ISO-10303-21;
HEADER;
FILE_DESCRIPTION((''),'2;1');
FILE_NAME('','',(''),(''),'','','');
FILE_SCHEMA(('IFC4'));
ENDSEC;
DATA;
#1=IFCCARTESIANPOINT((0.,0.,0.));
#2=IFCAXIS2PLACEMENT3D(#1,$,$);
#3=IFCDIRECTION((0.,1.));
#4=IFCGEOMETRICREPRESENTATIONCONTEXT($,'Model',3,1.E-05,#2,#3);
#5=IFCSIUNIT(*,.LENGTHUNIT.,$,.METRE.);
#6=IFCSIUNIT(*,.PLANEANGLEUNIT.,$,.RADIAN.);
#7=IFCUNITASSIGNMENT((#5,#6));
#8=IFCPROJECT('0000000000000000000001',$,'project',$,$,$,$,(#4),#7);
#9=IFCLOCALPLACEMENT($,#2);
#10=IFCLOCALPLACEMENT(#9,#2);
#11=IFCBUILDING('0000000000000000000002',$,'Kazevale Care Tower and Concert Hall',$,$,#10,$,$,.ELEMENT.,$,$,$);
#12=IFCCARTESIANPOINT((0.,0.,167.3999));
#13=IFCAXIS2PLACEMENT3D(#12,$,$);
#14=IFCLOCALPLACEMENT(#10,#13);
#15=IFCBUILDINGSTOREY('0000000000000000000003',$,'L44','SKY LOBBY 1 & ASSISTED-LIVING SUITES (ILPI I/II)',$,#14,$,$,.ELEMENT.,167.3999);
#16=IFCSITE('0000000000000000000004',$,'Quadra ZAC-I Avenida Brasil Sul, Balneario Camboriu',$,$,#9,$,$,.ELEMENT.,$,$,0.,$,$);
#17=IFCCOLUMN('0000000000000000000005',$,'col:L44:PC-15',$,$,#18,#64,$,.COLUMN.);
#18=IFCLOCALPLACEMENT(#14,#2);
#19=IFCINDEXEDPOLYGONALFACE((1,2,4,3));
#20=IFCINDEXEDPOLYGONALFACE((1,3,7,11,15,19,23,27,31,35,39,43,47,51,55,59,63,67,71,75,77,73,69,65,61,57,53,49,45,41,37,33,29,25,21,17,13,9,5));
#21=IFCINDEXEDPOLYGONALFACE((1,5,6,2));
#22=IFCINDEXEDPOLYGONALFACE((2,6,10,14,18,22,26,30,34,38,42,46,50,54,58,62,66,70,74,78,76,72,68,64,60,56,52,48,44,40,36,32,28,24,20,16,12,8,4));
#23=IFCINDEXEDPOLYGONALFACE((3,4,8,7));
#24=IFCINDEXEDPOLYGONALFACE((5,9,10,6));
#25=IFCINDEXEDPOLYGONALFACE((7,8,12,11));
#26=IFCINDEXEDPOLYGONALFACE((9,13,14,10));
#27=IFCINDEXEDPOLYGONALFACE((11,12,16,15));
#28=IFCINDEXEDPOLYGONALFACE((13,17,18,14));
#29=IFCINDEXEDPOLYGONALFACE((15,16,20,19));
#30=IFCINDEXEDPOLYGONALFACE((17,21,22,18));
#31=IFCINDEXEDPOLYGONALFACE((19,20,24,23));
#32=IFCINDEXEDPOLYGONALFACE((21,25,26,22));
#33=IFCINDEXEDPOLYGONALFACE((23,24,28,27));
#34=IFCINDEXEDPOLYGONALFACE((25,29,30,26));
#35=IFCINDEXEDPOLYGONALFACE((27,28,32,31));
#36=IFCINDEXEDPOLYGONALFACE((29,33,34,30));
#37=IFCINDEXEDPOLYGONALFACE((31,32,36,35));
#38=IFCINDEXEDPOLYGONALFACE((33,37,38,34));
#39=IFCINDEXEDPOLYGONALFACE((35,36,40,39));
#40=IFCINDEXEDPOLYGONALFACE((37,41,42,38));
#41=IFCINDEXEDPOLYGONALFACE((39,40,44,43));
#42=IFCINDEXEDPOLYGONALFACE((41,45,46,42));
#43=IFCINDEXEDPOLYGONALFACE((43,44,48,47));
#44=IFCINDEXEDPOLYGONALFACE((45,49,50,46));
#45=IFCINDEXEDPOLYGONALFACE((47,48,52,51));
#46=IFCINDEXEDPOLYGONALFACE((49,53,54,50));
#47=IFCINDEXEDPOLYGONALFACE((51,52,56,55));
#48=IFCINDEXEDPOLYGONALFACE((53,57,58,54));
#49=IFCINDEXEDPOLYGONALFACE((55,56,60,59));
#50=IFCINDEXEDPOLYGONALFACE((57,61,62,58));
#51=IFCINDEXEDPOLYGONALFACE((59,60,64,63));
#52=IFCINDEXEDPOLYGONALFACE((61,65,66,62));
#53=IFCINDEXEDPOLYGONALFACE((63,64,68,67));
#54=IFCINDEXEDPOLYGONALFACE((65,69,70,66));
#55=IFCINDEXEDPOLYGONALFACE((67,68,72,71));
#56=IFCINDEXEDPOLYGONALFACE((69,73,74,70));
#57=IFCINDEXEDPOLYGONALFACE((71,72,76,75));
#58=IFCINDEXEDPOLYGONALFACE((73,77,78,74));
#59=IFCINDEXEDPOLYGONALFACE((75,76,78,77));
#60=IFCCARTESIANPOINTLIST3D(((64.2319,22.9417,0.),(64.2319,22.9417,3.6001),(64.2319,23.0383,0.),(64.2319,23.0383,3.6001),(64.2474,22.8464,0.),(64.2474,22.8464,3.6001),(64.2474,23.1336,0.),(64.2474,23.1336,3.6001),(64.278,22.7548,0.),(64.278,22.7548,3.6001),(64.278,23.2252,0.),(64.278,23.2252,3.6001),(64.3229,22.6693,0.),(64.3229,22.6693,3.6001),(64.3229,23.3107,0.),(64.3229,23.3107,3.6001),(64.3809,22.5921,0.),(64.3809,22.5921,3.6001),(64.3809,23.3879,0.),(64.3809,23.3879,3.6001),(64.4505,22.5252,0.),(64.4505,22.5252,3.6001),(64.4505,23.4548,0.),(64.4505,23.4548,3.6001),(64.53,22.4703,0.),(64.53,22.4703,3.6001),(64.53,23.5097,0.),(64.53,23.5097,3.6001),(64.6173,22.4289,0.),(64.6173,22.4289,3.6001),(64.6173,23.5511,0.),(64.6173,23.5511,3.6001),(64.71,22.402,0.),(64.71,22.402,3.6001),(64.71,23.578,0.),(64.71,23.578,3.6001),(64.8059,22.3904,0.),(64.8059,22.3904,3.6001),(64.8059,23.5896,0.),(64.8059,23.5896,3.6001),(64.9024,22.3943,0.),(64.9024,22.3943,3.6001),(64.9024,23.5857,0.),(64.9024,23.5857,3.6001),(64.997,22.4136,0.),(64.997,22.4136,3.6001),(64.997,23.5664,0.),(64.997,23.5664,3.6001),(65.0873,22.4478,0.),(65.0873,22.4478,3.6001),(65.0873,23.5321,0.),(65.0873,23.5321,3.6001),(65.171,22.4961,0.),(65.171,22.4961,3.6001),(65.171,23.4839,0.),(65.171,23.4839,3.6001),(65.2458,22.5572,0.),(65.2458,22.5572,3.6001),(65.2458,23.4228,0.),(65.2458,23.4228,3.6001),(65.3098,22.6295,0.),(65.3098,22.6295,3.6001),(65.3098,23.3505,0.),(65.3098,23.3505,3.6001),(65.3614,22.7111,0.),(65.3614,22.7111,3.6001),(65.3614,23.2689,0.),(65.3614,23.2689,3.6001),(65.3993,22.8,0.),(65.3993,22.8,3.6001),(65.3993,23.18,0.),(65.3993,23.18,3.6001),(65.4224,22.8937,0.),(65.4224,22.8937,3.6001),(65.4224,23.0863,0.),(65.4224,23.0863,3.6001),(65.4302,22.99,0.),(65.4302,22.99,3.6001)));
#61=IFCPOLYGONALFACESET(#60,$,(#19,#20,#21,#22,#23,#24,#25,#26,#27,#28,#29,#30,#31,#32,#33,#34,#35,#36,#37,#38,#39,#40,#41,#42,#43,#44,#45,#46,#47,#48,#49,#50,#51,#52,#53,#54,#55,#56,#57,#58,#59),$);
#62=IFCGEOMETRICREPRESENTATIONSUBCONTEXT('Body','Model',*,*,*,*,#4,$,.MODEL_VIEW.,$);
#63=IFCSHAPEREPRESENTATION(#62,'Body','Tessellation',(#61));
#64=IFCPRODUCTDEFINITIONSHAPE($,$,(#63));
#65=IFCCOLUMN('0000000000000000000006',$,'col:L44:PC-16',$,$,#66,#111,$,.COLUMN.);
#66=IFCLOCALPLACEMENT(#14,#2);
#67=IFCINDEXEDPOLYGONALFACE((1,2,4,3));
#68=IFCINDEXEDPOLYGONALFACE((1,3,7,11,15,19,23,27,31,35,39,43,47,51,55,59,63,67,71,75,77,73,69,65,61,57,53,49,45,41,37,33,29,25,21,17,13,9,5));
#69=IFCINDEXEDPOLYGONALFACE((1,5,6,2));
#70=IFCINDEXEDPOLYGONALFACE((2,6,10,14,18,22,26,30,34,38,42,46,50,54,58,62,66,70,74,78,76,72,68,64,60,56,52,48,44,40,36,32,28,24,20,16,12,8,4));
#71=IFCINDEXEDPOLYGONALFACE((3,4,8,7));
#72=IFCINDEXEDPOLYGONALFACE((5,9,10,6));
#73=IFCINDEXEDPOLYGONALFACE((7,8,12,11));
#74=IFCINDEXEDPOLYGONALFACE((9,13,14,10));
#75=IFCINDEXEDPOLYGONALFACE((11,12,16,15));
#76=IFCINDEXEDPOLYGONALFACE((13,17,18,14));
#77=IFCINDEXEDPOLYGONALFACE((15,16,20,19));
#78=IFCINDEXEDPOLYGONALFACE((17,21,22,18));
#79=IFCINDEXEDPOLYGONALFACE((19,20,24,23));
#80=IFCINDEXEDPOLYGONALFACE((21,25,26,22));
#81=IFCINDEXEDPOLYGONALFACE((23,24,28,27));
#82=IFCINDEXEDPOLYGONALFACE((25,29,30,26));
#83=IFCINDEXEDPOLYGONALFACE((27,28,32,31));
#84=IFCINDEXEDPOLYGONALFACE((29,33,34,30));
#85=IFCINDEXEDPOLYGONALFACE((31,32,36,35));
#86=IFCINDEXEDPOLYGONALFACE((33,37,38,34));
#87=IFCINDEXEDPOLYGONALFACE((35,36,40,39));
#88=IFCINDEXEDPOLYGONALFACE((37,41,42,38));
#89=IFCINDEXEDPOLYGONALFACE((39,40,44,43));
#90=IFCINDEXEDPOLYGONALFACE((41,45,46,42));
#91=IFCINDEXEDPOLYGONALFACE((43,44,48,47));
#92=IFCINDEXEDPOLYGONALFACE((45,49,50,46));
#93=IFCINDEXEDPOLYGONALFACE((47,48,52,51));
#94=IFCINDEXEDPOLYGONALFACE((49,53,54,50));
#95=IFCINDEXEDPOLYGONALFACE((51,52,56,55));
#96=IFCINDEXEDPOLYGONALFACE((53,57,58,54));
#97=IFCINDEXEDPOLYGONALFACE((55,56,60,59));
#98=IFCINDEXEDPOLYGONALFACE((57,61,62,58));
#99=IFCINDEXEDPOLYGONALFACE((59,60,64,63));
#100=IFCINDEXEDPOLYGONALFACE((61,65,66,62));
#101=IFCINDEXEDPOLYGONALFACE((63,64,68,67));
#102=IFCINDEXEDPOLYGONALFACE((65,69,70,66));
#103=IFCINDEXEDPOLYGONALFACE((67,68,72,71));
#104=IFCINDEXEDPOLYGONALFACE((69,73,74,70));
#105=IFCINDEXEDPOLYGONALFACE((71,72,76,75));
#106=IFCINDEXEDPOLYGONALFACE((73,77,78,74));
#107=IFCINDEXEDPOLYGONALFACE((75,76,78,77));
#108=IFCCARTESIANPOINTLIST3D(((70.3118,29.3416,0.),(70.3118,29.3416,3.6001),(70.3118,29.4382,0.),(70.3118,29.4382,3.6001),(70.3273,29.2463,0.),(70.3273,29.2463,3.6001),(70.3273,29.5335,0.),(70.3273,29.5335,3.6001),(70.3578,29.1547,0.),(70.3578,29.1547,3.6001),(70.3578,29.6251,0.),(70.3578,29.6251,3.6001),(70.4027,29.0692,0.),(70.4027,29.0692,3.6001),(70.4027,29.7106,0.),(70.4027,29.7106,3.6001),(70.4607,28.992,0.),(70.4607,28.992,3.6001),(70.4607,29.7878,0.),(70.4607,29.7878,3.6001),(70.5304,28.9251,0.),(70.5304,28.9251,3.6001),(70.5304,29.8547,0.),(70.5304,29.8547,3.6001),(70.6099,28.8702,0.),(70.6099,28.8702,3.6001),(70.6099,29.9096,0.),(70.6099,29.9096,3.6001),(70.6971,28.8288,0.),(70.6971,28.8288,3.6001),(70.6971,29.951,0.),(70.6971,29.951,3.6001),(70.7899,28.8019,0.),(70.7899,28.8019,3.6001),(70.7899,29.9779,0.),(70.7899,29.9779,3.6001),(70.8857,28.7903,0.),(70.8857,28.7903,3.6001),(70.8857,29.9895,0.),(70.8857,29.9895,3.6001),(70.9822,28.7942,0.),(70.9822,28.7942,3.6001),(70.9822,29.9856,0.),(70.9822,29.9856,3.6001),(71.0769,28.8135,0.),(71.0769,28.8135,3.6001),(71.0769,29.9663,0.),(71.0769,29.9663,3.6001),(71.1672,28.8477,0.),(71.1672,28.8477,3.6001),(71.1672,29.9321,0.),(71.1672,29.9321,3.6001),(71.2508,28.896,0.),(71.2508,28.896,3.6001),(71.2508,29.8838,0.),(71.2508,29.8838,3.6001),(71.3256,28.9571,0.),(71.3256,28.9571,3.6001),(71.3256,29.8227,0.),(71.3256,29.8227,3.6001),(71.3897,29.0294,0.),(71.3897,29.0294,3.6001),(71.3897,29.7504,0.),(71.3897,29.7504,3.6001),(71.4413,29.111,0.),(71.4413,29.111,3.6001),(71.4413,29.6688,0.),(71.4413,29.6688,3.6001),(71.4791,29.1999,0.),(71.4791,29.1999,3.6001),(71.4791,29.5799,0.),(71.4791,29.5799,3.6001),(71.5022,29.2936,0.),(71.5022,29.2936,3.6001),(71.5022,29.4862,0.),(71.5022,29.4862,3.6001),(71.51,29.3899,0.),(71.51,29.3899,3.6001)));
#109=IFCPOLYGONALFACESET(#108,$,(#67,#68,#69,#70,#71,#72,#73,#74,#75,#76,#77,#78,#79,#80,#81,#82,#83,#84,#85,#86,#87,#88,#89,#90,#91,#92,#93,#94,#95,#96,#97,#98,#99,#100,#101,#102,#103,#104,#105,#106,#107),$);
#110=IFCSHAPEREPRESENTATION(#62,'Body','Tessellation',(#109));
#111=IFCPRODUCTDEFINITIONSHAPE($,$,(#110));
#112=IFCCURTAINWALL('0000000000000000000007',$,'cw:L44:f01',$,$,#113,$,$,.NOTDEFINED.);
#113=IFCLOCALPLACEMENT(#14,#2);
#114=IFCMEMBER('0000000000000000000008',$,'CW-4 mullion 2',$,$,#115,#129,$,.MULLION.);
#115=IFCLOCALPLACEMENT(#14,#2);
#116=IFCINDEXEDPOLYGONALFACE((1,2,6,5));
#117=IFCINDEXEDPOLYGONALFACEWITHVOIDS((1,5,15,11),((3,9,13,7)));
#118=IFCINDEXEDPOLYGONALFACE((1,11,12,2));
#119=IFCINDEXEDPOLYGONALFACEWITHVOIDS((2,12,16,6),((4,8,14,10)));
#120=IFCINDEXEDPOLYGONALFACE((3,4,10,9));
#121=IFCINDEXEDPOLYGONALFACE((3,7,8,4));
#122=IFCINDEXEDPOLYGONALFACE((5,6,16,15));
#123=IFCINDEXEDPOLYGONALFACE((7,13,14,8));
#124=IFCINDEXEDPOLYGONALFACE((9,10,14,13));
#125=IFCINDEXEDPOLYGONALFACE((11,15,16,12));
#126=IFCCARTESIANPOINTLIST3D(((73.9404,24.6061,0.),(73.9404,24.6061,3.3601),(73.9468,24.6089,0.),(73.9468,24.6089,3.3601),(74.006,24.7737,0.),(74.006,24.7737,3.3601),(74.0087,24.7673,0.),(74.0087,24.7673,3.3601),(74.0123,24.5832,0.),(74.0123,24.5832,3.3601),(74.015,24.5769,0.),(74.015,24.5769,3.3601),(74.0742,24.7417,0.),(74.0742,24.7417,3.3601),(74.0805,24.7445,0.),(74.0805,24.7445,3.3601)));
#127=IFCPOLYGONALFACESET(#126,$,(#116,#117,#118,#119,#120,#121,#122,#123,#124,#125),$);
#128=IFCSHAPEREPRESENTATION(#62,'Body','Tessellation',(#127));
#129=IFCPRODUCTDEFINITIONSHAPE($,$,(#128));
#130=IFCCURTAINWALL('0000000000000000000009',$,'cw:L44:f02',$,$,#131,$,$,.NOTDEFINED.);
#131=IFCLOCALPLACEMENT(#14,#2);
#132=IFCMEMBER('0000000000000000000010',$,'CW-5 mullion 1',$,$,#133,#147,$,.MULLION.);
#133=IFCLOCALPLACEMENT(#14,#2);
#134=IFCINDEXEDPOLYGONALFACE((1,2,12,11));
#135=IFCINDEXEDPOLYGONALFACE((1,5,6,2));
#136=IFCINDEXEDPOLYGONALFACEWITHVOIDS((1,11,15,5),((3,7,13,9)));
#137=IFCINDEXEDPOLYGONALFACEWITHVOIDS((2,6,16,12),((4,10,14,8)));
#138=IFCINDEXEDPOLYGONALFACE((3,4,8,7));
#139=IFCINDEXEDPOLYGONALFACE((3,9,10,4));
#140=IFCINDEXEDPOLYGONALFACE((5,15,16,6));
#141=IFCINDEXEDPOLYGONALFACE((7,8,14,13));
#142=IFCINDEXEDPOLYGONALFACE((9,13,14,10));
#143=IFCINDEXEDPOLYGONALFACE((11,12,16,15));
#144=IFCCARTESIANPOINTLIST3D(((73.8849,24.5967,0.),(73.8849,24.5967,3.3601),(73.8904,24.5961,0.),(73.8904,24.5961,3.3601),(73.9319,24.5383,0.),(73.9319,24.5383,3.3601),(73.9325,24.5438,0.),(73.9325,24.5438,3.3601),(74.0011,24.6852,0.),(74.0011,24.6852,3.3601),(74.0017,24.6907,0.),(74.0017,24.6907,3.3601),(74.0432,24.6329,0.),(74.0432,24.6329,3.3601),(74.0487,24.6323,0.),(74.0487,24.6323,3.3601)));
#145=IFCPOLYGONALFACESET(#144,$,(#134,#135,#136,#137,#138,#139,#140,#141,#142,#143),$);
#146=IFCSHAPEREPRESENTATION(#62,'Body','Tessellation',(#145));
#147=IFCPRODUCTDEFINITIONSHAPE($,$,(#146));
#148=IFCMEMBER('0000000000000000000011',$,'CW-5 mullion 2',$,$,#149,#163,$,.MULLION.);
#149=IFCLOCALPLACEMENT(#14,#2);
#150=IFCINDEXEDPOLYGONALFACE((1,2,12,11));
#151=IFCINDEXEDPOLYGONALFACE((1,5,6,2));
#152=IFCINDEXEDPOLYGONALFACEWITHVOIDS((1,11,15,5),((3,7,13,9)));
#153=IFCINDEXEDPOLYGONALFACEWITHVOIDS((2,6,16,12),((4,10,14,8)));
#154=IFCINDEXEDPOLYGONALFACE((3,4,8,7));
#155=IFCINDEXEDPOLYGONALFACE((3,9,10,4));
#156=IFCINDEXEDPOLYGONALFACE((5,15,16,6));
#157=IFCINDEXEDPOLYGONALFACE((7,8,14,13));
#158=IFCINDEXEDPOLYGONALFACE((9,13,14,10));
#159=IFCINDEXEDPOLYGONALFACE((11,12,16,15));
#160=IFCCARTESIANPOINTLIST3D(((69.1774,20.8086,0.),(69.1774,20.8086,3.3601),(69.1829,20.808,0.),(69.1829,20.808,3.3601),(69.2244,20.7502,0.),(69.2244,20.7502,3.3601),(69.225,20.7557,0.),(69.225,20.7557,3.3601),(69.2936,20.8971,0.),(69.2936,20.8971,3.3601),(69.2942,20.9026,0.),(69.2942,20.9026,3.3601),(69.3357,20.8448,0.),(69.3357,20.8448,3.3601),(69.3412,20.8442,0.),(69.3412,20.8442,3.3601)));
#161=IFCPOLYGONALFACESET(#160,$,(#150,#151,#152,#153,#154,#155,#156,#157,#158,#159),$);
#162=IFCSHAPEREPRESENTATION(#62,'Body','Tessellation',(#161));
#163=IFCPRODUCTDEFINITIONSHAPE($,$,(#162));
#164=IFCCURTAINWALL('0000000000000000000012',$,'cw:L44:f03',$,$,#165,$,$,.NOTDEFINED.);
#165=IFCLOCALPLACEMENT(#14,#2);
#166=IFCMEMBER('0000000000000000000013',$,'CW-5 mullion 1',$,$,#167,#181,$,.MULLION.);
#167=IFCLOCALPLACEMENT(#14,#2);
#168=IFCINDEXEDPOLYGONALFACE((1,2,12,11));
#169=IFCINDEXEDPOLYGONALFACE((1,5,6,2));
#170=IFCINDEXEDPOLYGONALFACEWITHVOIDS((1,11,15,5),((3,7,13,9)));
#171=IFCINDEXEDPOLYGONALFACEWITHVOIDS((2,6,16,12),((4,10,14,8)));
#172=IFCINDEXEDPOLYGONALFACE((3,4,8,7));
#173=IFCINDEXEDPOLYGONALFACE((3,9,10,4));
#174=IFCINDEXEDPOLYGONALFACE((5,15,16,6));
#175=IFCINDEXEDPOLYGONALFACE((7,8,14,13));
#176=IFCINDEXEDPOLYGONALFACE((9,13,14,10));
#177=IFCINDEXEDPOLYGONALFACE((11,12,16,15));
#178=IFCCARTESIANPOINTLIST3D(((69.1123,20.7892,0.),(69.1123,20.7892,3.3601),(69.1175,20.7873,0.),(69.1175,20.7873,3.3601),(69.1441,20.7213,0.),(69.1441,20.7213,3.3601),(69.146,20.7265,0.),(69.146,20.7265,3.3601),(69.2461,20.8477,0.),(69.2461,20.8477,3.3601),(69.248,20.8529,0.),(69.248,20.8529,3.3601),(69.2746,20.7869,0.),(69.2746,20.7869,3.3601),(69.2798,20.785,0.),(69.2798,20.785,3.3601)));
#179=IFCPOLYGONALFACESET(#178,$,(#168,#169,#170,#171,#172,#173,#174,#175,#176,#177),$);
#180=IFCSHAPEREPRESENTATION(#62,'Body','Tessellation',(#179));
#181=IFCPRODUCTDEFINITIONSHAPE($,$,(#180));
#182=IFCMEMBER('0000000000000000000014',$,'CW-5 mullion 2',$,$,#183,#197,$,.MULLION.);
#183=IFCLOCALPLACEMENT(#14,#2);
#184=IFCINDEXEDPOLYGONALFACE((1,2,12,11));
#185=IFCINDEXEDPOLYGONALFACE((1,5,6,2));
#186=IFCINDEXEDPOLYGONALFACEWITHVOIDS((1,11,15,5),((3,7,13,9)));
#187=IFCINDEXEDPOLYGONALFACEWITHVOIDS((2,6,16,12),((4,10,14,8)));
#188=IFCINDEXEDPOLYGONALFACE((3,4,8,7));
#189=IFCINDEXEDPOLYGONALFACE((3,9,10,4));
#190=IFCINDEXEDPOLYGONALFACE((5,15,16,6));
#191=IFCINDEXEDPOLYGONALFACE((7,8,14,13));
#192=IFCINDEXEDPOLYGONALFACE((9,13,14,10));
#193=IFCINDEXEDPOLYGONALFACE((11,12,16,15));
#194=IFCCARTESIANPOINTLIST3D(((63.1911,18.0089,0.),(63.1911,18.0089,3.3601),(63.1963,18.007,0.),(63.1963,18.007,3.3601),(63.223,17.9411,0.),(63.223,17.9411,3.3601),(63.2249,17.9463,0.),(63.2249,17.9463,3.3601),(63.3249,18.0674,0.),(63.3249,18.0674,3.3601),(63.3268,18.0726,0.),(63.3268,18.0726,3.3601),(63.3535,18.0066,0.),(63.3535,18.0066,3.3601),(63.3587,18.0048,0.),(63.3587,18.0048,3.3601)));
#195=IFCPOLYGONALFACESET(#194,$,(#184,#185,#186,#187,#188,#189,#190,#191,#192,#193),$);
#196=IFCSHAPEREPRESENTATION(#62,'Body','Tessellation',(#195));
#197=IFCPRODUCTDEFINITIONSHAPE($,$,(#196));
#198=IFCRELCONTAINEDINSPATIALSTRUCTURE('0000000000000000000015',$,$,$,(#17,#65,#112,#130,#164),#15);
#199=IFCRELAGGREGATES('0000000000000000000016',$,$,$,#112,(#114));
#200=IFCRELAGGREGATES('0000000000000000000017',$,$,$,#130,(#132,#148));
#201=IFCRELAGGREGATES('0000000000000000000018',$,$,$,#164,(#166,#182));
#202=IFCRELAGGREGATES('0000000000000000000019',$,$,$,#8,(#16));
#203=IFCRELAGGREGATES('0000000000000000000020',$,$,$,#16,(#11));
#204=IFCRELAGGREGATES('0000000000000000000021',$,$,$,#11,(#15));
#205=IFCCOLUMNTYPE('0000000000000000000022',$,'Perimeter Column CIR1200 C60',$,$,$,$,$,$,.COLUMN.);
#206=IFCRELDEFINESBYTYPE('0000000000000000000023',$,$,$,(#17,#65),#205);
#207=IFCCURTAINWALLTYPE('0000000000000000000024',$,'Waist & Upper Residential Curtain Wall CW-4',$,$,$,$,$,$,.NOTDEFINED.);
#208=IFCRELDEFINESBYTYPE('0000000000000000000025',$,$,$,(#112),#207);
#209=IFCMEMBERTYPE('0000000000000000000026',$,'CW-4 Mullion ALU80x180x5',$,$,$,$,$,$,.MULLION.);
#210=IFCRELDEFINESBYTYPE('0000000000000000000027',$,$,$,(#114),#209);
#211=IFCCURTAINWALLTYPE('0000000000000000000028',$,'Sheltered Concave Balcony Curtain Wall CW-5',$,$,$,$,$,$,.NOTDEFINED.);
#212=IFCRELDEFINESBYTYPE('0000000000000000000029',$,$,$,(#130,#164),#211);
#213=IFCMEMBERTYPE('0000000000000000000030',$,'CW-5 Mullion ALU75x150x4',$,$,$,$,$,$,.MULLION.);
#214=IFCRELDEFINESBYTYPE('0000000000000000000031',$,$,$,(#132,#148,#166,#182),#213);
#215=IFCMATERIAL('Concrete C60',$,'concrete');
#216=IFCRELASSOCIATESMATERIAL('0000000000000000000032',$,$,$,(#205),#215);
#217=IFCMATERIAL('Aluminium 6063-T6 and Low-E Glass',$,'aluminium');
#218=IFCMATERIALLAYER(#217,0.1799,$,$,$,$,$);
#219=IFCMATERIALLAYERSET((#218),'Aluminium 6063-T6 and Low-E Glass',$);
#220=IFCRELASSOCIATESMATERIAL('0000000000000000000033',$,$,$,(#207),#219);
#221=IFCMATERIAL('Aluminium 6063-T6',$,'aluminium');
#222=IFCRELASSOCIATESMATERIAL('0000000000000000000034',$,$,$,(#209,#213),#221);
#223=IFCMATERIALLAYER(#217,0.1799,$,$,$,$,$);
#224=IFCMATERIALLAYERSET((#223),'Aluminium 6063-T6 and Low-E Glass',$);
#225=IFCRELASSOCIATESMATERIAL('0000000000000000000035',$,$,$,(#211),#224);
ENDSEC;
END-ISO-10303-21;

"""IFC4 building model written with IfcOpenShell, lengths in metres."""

from ifc_helpers import new_model, si_unit, direction, frame, origin, origin_2d, place, context, subcontext, project, spatial, hollow_rectangle, circle, extrude, material, layer, layer_set, material_profile, profile_set, type_object, element, aggregate, save


model = new_model("IFC4")

# Units and contexts
model_context = context("Model", 3, precision=1e-05, world=origin(), true_north=direction((0.0, 1.0)))
body_context = subcontext(model_context, "Body", "Model", "MODEL_VIEW")
ifc_project = project(units=[si_unit("LENGTHUNIT", "METRE"), si_unit("PLANEANGLEUNIT", "RADIAN")], contexts=[model_context])

# Site, building, storey
site_placement = place(None, origin())
site = spatial("IfcSite", under=ifc_project, at=site_placement, Name="Quadra ZAC-I Avenida Brasil Sul, Balneario Camboriu", CompositionType="ELEMENT", RefElevation=0.0)
building_placement = place(site_placement, origin())
building = spatial("IfcBuilding", under=site, at=building_placement, Name="Kazevale Care Tower and Concert Hall", CompositionType="ELEMENT")
storey_placement = place(building_placement, frame((0.0, 0.0, 167.3999)))
storey = spatial("IfcBuildingStorey", under=building, at=storey_placement, Name="L44", Description="SKY LOBBY 1 & ASSISTED-LIVING SUITES (ILPI I/II)", CompositionType="ELEMENT", Elevation=167.3999)

# Columns
ifc_material_1 = material(Name="Concrete C60", Category="concrete")
ifc_material_profile_1 = material_profile(ifc_material_1, circle(Radius=0.6001, at=origin_2d()), Name="RC-CIR1200")
ifc_profile_set_1 = profile_set([ifc_material_profile_1], Name="Concrete C60")
column_type = type_object("IfcColumnType", Name="Perimeter Column CIR1200 C60", PredefinedType="COLUMN", material=ifc_profile_set_1)
for number, where, z_axis, x_axis, name in (
    (1, (64.8301, 22.99, 0.0), (0.0, 0.0, 1.0), (1.0, 0.0, 0.0), "col:L44:PC-15"),
    (2, (70.9099, 29.3899, 0.0), (0.0, 0.0, 1.0), (1.0, 0.0, 0.0), "col:L44:PC-16"),
):
    element("IfcColumn", number, at=place(storey_placement, frame(where, z_axis=z_axis, x_axis=x_axis)), inside=storey, type_object=column_type, Name=name, PredefinedType="COLUMN", context=body_context, shape_type="SweptSolid", body=[
        extrude(circle(Radius=0.6001, at=origin_2d()), origin(), (0.0, 0.0, 1.0), 3.6001),
    ])

# Curtain wall, member
ifc_material_2 = material(Name="Aluminium 6063-T6 and Low-E Glass", Category="aluminium")
ifc_layer_1 = layer(ifc_material_2, 0.1799)
ifc_layer_set_1 = layer_set([ifc_layer_1], Name="Aluminium 6063-T6 and Low-E Glass")
curtain_wall_type_1 = type_object("IfcCurtainWallType", Name="Waist & Upper Residential Curtain Wall CW-4", PredefinedType="NOTDEFINED", material=ifc_layer_set_1)
curtain_wall_1_placement = place(storey_placement, origin())
curtain_wall_1 = element("IfcCurtainWall", 3, at=curtain_wall_1_placement, inside=storey, type_object=curtain_wall_type_1, Name="cw:L44:f01", PredefinedType="NOTDEFINED")
ifc_material_3 = material(Name="Aluminium 6063-T6", Category="aluminium")
ifc_material_profile_2 = material_profile(ifc_material_3, hollow_rectangle(XDim=0.0801, YDim=0.1799, WallThickness=0.0049, at=origin_2d()), Name="ALU80x180x5")
ifc_profile_set_2 = profile_set([ifc_material_profile_2], Name="Aluminium 6063-T6")
member_type_1 = type_object("IfcMemberType", Name="CW-4 Mullion ALU80x180x5", PredefinedType="MULLION", material=ifc_profile_set_2)
member_1_placement = place(storey_placement, frame((74.0105, 24.6753, 0.0), z_axis=(0.0, 0.0, 1.0), x_axis=(0.931352, -0.364121, 0.0)))
member_1 = element("IfcMember", 4, at=member_1_placement, type_object=member_type_1, Name="CW-4 mullion 2", PredefinedType="MULLION", context=body_context, shape_type="SweptSolid", body=[
    extrude(hollow_rectangle(XDim=0.0801, YDim=0.1799, WallThickness=0.0049, at=origin_2d()), origin(), (0.0, 0.0, 1.0), 3.3601),
])

# Curtain walls, members
ifc_layer_2 = layer(ifc_material_2, 0.1799)
ifc_layer_set_2 = layer_set([ifc_layer_2], Name="Aluminium 6063-T6 and Low-E Glass")
curtain_wall_type_2 = type_object("IfcCurtainWallType", Name="Sheltered Concave Balcony Curtain Wall CW-5", PredefinedType="NOTDEFINED", material=ifc_layer_set_2)
curtain_wall_2_placement = place(storey_placement, origin())
curtain_wall_2 = element("IfcCurtainWall", 5, at=curtain_wall_2_placement, inside=storey, type_object=curtain_wall_type_2, Name="cw:L44:f02", PredefinedType="NOTDEFINED")
ifc_material_profile_3 = material_profile(ifc_material_3, hollow_rectangle(XDim=0.075, YDim=0.1499, WallThickness=0.0039, at=origin_2d()), Name="ALU75x150x4")
ifc_profile_set_3 = profile_set([ifc_material_profile_3], Name="Aluminium 6063-T6")
member_type_2 = type_object("IfcMemberType", Name="CW-5 Mullion ALU75x150x4", PredefinedType="MULLION", material=ifc_profile_set_3)
member_2_placement = place(storey_placement, frame((73.9668, 24.6145, 0.0), z_axis=(0.0, 0.0, 1.0), x_axis=(0.626905, -0.779095, 0.0)))
member_2 = element("IfcMember", 6, at=member_2_placement, type_object=member_type_2, Name="CW-5 mullion 1", PredefinedType="MULLION", context=body_context, shape_type="SweptSolid", body=[
    extrude(hollow_rectangle(XDim=0.075, YDim=0.1499, WallThickness=0.0039, at=origin_2d()), origin(), (0.0, 0.0, 1.0), 3.3601),
])
member_3_placement = place(storey_placement, frame((69.2593, 20.8264, 0.0), z_axis=(0.0, 0.0, 1.0), x_axis=(0.626905, -0.779095, 0.0)))
member_3 = element("IfcMember", 7, at=member_3_placement, type_object=member_type_2, Name="CW-5 mullion 2", PredefinedType="MULLION", context=body_context, shape_type="SweptSolid", body=[
    extrude(hollow_rectangle(XDim=0.075, YDim=0.1499, WallThickness=0.0039, at=origin_2d()), origin(), (0.0, 0.0, 1.0), 3.3601),
])
curtain_wall_3_placement = place(storey_placement, origin())
curtain_wall_3 = element("IfcCurtainWall", 8, at=curtain_wall_3_placement, inside=storey, type_object=curtain_wall_type_2, Name="cw:L44:f03", PredefinedType="NOTDEFINED")
member_4_placement = place(storey_placement, frame((69.196, 20.7871, 0.0), z_axis=(0.0, 0.0, 1.0), x_axis=(0.425011, -0.905188, 0.0)))
member_4 = element("IfcMember", 9, at=member_4_placement, type_object=member_type_2, Name="CW-5 mullion 1", PredefinedType="MULLION", context=body_context, shape_type="SweptSolid", body=[
    extrude(hollow_rectangle(XDim=0.075, YDim=0.1499, WallThickness=0.0039, at=origin_2d()), origin(), (0.0, 0.0, 1.0), 3.3601),
])
member_5_placement = place(storey_placement, frame((63.2749, 18.0068, 0.0), z_axis=(0.0, 0.0, 1.0), x_axis=(0.425011, -0.905188, 0.0)))
member_5 = element("IfcMember", 10, at=member_5_placement, type_object=member_type_2, Name="CW-5 mullion 2", PredefinedType="MULLION", context=body_context, shape_type="SweptSolid", body=[
    extrude(hollow_rectangle(XDim=0.075, YDim=0.1499, WallThickness=0.0039, at=origin_2d()), origin(), (0.0, 0.0, 1.0), 3.3601),
])

aggregate(curtain_wall_1, [member_1])
aggregate(curtain_wall_2, [member_2, member_3])
aggregate(curtain_wall_3, [member_4, member_5])

save(model, "model.ifc")
